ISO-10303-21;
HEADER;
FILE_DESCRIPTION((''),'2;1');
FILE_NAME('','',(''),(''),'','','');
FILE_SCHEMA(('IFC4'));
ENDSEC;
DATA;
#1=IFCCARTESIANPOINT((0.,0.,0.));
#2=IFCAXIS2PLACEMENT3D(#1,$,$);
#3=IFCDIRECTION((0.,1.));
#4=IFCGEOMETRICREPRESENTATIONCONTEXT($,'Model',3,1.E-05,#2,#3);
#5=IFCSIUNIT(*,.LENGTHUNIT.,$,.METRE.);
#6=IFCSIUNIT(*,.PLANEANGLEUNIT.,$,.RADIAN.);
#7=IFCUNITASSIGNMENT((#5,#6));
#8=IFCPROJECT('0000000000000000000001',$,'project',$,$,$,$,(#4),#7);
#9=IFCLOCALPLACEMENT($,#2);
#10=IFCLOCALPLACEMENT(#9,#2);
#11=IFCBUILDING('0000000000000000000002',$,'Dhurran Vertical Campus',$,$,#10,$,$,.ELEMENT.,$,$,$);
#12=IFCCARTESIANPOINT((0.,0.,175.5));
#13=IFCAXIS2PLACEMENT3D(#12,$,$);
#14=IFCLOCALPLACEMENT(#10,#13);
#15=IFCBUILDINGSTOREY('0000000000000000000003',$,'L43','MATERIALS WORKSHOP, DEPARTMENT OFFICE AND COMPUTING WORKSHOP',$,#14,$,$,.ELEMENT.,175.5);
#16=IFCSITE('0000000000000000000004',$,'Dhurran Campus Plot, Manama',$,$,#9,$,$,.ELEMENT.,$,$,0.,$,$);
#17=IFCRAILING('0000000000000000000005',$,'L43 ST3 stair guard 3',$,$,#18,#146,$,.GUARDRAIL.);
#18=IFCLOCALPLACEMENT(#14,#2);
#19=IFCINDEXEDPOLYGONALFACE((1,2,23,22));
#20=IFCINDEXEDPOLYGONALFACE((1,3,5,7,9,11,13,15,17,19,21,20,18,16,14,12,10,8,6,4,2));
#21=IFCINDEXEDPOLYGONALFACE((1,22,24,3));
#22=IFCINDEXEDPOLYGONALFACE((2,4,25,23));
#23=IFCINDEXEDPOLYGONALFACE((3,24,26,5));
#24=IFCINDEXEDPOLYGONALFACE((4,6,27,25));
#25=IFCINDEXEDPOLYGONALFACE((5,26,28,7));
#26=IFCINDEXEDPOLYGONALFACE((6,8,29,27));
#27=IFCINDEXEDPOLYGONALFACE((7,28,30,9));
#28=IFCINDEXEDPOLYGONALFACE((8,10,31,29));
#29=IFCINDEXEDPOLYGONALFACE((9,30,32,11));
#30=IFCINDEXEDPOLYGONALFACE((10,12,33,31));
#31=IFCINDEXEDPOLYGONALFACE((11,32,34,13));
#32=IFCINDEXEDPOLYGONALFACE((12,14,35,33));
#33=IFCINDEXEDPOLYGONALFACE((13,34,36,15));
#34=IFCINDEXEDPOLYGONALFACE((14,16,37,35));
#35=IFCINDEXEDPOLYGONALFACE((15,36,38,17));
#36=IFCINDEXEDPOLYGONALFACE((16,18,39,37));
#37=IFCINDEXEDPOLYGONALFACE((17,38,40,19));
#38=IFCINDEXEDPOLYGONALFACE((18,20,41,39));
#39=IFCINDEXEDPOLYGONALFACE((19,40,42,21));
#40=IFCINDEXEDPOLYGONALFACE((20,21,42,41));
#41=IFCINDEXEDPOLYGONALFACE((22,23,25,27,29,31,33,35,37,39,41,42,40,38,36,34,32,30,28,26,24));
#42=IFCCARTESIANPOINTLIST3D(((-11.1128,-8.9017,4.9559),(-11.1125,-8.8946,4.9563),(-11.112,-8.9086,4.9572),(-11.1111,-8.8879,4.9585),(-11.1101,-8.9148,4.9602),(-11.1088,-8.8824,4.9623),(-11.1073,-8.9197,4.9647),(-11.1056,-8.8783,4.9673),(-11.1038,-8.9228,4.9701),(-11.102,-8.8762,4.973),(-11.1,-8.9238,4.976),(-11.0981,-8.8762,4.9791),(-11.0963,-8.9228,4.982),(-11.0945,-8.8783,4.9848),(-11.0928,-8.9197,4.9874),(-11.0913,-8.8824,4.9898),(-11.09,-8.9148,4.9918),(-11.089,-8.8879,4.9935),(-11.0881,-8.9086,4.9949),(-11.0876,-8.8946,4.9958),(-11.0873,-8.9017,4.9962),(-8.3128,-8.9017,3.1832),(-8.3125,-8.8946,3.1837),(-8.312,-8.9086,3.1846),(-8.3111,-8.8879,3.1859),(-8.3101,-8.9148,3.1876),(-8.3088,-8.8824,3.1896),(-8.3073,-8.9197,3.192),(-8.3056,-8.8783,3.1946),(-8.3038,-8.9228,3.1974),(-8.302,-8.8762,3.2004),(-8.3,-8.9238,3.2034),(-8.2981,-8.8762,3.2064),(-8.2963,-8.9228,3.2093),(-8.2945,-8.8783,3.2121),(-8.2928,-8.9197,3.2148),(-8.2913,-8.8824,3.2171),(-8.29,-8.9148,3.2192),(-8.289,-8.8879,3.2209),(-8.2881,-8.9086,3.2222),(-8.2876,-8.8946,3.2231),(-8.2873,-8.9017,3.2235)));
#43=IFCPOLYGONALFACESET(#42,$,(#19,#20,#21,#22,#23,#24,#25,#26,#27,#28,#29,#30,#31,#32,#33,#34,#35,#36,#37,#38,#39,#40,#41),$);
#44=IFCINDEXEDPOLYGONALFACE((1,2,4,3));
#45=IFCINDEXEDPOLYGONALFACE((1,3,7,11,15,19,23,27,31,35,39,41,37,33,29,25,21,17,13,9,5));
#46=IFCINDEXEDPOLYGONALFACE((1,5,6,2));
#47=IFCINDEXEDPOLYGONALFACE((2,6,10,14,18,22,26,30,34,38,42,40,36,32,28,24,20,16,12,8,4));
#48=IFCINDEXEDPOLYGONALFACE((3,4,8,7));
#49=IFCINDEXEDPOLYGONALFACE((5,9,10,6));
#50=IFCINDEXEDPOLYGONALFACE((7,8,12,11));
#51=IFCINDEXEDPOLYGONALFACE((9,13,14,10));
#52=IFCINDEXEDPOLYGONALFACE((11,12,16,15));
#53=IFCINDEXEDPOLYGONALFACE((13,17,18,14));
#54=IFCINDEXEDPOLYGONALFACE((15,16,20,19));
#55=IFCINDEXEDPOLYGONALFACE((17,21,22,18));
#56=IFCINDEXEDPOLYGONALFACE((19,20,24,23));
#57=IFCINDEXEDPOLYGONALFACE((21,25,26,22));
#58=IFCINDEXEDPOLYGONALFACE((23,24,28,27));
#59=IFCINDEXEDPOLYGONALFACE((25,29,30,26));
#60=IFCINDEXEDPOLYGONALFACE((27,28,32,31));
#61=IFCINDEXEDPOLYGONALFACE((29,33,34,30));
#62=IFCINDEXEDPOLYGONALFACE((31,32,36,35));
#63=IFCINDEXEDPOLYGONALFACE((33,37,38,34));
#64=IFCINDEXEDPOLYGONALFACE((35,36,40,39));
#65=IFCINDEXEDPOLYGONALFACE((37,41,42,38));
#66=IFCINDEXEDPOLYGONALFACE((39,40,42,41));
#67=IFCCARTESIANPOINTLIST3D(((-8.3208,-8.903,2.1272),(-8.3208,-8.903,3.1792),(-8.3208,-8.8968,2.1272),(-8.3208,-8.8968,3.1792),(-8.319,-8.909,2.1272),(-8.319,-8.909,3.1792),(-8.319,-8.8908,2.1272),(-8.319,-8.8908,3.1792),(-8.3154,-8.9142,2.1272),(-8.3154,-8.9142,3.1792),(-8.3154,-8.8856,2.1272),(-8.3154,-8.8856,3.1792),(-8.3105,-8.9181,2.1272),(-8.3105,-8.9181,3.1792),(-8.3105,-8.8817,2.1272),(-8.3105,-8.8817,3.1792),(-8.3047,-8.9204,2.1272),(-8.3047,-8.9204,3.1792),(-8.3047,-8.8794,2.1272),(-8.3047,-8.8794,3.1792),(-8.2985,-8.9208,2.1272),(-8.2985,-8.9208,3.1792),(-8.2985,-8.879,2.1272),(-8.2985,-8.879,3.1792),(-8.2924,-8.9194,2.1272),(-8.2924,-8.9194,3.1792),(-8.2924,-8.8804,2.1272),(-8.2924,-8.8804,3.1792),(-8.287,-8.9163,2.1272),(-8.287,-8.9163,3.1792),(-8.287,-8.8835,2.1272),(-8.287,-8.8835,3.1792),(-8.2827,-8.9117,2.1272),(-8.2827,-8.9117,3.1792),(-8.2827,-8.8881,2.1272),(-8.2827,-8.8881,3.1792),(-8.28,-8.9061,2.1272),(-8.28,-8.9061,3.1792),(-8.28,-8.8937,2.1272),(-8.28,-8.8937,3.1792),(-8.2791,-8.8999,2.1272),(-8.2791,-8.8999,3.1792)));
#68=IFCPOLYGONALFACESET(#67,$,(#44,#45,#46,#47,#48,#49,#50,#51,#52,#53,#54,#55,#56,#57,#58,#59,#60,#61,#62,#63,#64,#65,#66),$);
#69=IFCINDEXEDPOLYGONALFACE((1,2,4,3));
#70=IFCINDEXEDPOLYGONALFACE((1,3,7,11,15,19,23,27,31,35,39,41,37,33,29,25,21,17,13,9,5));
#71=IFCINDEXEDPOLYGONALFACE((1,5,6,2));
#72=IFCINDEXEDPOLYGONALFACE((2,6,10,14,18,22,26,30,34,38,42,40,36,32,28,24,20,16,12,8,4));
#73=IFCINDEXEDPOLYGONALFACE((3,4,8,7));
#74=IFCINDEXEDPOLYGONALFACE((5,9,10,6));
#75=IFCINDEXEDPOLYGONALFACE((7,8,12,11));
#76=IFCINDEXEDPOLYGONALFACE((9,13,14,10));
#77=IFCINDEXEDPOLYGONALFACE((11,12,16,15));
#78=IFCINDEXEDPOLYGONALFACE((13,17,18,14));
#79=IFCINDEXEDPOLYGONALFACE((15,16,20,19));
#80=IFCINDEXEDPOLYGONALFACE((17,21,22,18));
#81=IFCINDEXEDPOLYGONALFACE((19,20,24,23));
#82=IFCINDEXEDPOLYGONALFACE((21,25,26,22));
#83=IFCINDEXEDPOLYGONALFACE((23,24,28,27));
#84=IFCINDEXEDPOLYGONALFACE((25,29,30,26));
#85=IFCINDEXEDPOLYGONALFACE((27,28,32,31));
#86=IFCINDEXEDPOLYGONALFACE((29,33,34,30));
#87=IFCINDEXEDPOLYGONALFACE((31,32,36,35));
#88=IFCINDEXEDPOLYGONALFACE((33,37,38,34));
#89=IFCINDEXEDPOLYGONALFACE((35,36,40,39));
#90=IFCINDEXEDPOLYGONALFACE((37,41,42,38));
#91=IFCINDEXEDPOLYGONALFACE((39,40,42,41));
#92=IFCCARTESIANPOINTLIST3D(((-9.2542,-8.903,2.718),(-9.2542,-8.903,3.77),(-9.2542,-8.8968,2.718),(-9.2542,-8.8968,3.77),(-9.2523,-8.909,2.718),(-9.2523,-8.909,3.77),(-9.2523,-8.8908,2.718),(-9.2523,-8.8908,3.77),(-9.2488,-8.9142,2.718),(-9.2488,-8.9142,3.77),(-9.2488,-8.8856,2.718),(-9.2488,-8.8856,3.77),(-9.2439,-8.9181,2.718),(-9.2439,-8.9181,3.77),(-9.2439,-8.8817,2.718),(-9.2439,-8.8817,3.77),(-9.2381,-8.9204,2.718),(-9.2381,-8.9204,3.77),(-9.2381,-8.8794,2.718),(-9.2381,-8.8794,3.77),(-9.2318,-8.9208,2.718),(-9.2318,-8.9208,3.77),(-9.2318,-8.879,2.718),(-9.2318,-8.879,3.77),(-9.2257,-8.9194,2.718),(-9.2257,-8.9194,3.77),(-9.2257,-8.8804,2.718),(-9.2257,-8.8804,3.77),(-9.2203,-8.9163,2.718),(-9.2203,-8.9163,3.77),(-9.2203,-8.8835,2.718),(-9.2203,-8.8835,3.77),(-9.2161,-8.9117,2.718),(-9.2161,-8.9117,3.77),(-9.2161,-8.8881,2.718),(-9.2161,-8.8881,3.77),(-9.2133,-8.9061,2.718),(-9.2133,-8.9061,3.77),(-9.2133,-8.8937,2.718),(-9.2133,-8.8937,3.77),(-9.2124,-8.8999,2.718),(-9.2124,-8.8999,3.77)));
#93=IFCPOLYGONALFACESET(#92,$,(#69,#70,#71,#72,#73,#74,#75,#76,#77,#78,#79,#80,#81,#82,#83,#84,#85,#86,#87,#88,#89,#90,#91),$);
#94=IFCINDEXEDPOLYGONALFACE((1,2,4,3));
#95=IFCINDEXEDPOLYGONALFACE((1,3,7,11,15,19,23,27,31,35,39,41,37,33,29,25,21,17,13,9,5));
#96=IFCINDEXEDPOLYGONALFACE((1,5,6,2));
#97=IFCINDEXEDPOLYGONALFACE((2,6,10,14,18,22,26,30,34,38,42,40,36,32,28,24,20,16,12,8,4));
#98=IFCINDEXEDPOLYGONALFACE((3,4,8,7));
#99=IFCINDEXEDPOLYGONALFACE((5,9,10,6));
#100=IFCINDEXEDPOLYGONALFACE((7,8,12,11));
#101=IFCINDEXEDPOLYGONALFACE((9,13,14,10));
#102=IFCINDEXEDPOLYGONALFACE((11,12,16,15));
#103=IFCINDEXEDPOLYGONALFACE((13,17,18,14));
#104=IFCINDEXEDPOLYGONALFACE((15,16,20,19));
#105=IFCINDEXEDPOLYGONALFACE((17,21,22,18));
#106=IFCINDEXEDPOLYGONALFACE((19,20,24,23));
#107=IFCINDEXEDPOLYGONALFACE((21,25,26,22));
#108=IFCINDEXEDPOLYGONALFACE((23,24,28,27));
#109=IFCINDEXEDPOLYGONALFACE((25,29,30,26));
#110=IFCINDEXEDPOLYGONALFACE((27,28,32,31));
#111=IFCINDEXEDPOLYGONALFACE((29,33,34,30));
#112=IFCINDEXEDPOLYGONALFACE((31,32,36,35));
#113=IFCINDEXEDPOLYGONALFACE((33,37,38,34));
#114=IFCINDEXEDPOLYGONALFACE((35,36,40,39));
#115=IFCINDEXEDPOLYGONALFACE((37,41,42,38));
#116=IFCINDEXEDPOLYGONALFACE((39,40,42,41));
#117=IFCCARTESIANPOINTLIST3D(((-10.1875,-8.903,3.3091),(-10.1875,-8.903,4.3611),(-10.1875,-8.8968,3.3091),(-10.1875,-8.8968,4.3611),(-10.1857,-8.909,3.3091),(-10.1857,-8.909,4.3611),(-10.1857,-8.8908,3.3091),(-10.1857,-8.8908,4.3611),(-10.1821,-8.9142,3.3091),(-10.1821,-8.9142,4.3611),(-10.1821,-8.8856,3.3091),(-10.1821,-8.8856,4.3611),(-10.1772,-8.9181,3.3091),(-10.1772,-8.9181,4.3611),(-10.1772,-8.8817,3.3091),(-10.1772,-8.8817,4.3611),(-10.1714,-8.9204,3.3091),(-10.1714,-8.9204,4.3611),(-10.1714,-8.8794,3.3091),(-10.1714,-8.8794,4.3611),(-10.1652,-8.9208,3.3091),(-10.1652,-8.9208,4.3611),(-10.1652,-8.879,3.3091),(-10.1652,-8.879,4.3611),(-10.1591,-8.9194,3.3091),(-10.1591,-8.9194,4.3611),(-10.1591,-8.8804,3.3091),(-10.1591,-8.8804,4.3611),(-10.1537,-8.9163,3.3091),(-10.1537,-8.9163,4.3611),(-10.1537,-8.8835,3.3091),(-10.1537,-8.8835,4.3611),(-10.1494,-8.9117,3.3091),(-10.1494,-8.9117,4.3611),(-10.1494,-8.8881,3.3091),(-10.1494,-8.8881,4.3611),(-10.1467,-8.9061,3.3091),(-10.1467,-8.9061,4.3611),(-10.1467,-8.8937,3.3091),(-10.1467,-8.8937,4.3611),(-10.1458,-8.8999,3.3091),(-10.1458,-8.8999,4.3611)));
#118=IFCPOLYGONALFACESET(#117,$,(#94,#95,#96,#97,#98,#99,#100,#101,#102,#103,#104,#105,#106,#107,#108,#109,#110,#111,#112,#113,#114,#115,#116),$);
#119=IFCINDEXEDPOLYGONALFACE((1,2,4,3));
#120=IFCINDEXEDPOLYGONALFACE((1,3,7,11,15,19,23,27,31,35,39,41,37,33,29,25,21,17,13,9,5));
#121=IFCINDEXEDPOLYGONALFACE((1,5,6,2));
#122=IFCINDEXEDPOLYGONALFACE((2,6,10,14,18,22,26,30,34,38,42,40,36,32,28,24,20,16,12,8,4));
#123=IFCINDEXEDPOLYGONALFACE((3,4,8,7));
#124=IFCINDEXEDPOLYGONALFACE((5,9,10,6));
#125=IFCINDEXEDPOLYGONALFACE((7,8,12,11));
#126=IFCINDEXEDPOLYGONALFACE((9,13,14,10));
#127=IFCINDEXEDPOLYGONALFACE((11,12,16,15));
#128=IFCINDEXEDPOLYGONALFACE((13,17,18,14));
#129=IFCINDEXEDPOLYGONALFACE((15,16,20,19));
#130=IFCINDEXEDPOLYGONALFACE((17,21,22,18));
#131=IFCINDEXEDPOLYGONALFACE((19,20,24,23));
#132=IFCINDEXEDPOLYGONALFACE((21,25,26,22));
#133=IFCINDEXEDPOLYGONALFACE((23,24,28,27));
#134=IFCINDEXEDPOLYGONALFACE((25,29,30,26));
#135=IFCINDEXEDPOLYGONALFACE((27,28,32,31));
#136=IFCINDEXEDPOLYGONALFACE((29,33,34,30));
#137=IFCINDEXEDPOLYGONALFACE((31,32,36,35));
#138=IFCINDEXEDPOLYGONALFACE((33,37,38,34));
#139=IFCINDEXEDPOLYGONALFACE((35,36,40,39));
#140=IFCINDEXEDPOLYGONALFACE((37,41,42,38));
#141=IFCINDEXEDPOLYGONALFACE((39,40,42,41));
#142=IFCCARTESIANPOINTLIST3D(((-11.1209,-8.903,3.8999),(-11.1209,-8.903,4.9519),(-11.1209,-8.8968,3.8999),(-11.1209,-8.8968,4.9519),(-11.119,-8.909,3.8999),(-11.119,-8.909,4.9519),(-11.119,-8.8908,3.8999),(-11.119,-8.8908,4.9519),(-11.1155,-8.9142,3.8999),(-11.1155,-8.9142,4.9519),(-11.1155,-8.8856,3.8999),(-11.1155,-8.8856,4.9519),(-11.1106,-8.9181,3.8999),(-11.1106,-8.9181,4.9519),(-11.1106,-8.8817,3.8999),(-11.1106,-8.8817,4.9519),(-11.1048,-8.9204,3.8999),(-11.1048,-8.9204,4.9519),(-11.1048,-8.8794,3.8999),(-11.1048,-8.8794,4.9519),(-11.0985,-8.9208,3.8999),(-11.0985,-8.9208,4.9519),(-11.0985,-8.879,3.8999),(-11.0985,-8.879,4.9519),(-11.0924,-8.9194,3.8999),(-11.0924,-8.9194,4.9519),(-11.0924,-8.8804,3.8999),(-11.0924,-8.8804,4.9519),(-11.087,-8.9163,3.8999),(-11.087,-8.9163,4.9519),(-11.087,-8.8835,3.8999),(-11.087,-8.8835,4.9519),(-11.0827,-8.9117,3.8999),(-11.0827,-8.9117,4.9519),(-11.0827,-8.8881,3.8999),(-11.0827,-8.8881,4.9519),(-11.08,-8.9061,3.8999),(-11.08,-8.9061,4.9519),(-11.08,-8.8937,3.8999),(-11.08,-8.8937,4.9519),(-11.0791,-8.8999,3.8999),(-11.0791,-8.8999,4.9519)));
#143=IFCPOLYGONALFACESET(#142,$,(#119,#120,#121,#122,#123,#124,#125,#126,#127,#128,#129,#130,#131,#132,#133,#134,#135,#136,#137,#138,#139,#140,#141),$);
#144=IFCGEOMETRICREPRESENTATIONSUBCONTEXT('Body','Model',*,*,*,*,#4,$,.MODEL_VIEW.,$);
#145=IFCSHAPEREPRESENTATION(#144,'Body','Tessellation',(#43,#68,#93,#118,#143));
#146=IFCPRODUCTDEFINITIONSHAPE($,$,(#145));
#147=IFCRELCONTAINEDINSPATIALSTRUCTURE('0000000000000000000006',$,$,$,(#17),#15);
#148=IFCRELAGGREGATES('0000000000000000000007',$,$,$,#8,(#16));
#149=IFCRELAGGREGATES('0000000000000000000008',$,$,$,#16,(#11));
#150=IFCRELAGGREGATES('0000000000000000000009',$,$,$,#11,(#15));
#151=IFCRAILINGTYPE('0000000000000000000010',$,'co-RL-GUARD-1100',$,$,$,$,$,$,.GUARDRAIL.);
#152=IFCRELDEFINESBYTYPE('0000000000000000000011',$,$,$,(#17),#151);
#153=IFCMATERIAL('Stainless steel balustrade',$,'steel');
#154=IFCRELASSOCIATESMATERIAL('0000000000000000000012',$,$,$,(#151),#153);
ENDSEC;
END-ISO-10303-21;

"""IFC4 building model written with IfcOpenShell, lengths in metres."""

from ifc_helpers import new_model, si_unit, direction, frame, origin, origin_2d, place, context, subcontext, project, spatial, circle, extrude, material, type_object, element, save


model = new_model("IFC4")

# Units and contexts
model_context = context("Model", 3, precision=1e-05, world=origin(), true_north=direction((0.0, 1.0)))
body_context = subcontext(model_context, "Body", "Model", "MODEL_VIEW")
ifc_project = project(units=[si_unit("LENGTHUNIT", "METRE"), si_unit("PLANEANGLEUNIT", "RADIAN")], contexts=[model_context])

# Site, building, storey
site_placement = place(None, origin())
site = spatial("IfcSite", under=ifc_project, at=site_placement, Name="Dhurran Campus Plot, Manama", CompositionType="ELEMENT", RefElevation=0.0)
building_placement = place(site_placement, origin())
building = spatial("IfcBuilding", under=site, at=building_placement, Name="Dhurran Vertical Campus", CompositionType="ELEMENT")
storey_placement = place(building_placement, frame((0.0, 0.0, 175.5)))
storey = spatial("IfcBuildingStorey", under=building, at=storey_placement, Name="L43", Description="MATERIALS WORKSHOP, DEPARTMENT OFFICE AND COMPUTING WORKSHOP", CompositionType="ELEMENT", Elevation=175.5)

# Railing
ifc_material_1 = material(Name="Stainless steel balustrade", Category="steel")
railing_type_1 = type_object("IfcRailingType", Name="co-RL-GUARD-1100", PredefinedType="GUARDRAIL", material=ifc_material_1)
railing_1_placement = place(storey_placement, frame((-8.3, -8.8999, 2.1272)))
element("IfcRailing", 1, at=railing_1_placement, inside=storey, type_object=railing_type_1, Name="L43 ST3 stair guard 3", PredefinedType="GUARDRAIL", context=body_context, shape_type="SweptSolid", body=[
    extrude(circle(Radius=0.0239, at=origin_2d()), frame((0.0, 0.0, 1.0762), z_axis=(-0.844909, 0.0, 0.53491), x_axis=(0.0, -1.0, 0.0)), (0.0, 0.0, 1.0), 3.314),
    extrude(circle(Radius=0.021, at=origin_2d()), origin(), (0.0, 0.0, 1.0), 1.052),
    extrude(circle(Radius=0.021, at=origin_2d()), frame((-0.9333, 0.0, 0.5908)), (0.0, 0.0, 1.0), 1.052),
    extrude(circle(Radius=0.021, at=origin_2d()), frame((-1.8667, 0.0, 1.1819)), (0.0, 0.0, 1.0), 1.052),
    extrude(circle(Radius=0.021, at=origin_2d()), frame((-2.8, 0.0, 1.7727)), (0.0, 0.0, 1.0), 1.052),
])

save(model, "model.ifc")
